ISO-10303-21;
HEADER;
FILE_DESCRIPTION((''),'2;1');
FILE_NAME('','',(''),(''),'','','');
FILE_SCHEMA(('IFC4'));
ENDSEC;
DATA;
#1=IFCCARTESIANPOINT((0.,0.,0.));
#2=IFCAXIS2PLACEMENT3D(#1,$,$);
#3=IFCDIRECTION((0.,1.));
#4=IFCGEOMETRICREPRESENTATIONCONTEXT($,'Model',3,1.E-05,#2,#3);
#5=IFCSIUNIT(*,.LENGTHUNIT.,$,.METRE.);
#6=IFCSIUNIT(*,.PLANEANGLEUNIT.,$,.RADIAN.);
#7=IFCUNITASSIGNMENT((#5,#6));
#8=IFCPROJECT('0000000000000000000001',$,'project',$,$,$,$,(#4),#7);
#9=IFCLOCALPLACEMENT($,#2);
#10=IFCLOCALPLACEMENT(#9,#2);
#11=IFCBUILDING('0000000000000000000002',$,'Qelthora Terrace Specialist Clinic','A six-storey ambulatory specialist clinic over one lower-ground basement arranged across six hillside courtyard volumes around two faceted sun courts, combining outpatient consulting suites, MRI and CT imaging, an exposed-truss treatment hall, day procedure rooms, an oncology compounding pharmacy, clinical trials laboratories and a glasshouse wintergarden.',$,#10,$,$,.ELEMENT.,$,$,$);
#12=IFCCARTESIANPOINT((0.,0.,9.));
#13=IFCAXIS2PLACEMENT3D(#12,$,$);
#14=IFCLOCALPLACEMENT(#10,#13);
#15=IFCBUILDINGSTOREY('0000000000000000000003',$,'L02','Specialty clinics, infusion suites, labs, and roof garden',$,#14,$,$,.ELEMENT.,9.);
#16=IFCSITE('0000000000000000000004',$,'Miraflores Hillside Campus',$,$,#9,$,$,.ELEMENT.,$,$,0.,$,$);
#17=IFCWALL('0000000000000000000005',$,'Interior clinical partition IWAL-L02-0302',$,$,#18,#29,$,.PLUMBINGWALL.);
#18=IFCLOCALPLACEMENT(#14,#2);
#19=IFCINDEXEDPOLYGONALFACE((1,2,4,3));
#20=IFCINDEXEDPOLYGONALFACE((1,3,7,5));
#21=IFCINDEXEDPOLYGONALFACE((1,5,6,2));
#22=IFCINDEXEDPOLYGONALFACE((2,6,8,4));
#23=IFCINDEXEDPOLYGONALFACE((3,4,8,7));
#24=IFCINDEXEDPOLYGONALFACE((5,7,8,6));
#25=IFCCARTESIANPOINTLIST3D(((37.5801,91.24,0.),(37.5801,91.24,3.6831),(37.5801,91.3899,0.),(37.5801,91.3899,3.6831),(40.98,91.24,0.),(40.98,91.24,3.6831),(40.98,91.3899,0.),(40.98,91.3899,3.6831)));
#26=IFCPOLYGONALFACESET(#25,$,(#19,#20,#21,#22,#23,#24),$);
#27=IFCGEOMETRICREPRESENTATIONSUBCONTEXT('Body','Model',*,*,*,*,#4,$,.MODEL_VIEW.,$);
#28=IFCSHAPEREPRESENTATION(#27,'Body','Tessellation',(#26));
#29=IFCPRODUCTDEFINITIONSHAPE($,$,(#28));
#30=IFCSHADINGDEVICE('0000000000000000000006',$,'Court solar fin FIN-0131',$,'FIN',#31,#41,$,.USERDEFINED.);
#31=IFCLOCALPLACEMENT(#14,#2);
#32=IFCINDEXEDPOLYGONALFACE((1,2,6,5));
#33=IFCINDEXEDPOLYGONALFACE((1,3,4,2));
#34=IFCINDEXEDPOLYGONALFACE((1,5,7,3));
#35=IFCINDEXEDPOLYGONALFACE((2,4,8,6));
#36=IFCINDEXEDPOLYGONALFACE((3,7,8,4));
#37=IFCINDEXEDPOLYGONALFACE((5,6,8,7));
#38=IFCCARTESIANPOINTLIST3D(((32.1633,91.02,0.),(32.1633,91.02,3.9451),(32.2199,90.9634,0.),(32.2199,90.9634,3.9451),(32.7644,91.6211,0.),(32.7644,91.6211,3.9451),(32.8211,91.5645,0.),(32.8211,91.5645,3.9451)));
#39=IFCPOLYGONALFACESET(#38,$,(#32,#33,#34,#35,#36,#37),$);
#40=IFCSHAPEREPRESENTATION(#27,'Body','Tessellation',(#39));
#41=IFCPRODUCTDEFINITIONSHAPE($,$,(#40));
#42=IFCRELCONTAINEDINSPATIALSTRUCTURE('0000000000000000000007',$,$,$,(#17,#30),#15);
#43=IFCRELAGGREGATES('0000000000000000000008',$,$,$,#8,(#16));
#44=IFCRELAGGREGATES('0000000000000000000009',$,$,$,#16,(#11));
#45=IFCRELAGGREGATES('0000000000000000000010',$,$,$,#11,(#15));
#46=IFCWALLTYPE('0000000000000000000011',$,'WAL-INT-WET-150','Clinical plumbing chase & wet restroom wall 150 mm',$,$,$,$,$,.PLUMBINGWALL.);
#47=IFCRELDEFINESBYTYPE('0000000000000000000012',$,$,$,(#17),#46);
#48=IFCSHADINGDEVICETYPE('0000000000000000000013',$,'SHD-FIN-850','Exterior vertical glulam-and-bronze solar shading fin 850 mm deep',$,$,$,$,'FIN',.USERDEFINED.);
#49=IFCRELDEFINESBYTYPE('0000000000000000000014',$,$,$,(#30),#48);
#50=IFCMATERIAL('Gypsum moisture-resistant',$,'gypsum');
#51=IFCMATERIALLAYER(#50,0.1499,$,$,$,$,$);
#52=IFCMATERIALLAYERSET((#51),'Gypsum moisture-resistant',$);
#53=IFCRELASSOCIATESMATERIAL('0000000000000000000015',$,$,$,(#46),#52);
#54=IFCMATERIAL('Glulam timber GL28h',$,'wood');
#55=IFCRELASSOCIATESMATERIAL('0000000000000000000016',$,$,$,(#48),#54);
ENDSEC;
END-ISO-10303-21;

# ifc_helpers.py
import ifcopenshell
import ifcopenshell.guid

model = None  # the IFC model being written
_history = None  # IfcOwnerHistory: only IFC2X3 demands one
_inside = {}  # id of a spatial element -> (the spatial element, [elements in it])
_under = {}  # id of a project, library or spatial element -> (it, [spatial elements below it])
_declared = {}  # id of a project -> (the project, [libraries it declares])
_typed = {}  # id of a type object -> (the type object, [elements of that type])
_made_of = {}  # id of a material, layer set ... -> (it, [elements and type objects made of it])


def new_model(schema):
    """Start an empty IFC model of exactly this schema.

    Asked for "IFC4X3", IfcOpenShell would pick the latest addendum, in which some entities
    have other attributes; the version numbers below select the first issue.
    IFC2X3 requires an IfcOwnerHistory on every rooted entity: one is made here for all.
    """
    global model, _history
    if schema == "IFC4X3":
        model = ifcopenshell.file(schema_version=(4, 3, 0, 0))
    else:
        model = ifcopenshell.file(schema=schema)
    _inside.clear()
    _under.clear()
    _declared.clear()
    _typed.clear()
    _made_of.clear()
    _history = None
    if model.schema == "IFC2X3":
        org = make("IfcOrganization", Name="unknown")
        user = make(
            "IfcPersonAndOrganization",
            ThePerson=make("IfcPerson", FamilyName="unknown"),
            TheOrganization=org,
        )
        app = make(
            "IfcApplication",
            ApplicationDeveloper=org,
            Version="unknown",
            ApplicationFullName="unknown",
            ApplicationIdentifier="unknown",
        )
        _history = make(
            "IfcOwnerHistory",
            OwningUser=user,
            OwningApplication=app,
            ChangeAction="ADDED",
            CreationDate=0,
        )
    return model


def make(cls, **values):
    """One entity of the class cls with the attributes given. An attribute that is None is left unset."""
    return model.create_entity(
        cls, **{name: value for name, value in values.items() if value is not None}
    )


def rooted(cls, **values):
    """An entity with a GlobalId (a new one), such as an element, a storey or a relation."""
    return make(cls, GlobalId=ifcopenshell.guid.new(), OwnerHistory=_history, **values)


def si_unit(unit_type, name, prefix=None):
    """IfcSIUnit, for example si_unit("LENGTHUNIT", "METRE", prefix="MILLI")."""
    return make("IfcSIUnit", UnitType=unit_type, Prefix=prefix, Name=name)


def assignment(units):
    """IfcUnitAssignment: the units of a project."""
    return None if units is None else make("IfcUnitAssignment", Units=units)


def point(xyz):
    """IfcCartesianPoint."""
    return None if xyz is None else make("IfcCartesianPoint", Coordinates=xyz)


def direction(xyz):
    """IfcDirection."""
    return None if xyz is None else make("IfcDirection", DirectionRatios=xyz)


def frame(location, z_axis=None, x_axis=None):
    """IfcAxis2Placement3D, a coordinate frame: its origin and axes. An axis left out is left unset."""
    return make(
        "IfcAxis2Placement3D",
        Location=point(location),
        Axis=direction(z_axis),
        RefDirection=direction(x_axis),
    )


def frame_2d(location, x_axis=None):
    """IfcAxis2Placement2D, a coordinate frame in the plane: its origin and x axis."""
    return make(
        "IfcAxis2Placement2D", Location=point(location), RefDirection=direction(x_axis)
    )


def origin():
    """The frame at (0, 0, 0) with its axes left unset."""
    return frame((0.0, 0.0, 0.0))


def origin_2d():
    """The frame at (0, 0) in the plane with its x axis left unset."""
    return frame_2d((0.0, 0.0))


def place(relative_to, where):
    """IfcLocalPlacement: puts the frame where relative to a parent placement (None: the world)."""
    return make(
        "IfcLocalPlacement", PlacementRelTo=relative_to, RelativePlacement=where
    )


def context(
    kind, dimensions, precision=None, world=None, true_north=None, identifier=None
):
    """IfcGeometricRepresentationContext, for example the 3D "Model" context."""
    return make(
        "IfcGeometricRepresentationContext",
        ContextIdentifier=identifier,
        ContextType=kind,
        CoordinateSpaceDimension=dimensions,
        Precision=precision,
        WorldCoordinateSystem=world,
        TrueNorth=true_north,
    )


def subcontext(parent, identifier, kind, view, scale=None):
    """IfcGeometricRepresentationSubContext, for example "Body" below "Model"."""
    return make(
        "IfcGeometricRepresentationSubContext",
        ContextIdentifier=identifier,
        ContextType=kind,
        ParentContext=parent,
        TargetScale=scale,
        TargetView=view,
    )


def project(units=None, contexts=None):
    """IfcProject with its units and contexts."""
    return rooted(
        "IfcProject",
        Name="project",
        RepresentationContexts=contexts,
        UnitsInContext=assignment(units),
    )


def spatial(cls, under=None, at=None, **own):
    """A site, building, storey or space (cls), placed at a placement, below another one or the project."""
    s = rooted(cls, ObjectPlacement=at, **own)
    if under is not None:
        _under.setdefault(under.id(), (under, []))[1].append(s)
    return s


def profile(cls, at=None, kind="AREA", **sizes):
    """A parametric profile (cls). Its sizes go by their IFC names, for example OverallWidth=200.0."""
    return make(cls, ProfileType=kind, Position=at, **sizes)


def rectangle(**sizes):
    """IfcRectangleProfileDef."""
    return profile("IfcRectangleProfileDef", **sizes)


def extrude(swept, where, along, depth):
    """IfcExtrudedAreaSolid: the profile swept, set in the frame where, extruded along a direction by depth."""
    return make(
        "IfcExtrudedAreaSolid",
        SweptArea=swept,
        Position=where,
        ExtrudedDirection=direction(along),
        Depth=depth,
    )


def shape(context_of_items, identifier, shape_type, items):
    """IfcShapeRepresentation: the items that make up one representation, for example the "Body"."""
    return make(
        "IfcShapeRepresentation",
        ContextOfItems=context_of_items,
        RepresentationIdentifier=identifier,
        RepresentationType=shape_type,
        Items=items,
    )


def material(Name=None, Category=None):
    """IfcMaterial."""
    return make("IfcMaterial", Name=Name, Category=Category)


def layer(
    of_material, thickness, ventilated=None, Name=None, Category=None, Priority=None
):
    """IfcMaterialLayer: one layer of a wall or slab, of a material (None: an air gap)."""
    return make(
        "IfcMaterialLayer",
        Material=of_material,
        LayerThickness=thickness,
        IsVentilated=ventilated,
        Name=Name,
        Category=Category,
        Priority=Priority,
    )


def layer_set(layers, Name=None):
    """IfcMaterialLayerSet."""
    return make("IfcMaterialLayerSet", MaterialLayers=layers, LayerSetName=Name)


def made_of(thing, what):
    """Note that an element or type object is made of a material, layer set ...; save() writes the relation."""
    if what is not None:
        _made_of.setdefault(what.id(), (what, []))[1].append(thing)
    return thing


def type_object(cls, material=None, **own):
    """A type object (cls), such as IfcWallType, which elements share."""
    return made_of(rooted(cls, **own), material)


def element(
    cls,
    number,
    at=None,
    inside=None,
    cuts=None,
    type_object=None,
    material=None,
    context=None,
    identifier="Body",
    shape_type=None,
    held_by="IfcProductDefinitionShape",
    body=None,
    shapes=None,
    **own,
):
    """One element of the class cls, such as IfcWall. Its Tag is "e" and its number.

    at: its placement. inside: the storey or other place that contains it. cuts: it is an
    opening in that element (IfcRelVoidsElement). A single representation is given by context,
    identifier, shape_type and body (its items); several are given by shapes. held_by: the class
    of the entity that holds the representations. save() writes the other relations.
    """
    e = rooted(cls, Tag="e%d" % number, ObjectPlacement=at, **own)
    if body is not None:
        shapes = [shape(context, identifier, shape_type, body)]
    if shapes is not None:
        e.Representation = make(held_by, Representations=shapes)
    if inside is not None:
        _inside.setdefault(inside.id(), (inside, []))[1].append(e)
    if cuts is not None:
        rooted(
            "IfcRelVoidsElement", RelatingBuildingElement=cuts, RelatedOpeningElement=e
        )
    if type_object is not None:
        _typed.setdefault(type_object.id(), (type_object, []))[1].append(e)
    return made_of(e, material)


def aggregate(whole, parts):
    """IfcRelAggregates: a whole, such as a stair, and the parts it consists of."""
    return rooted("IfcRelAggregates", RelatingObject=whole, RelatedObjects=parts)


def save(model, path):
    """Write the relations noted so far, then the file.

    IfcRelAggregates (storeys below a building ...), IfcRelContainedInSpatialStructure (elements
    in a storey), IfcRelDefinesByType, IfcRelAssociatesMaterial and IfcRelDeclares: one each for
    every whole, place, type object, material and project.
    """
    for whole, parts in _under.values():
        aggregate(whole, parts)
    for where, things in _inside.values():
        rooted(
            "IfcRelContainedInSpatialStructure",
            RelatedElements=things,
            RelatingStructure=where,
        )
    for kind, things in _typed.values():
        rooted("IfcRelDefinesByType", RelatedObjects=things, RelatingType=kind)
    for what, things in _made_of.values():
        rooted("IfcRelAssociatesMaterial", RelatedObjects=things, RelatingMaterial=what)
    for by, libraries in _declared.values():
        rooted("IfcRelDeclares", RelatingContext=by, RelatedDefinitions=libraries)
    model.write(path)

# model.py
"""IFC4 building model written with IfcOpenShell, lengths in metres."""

from ifc_helpers import new_model, si_unit, direction, frame, frame_2d, origin, origin_2d, place, context, subcontext, project, spatial, rectangle, extrude, material, layer, layer_set, type_object, element, save


model = new_model("IFC4")

# Units and contexts
model_context = context("Model", 3, precision=1e-05, world=origin(), true_north=direction((0.0, 1.0)))
body_context = subcontext(model_context, "Body", "Model", "MODEL_VIEW")
ifc_project = project(units=[si_unit("LENGTHUNIT", "METRE"), si_unit("PLANEANGLEUNIT", "RADIAN")], contexts=[model_context])

# Site, building, storey
site_placement = place(None, origin())
site = spatial("IfcSite", under=ifc_project, at=site_placement, Name="Miraflores Hillside Campus", CompositionType="ELEMENT", RefElevation=0.0)
building_placement = place(site_placement, origin())
building = spatial("IfcBuilding", under=site, at=building_placement, Name="Qelthora Terrace Specialist Clinic", Description="A six-storey ambulatory specialist clinic over one lower-ground basement arranged across six hillside courtyard volumes around two faceted sun courts, combining outpatient consulting suites, MRI and CT imaging, an exposed-truss treatment hall, day procedure rooms, an oncology compounding pharmacy, clinical trials laboratories and a glasshouse wintergarden.", CompositionType="ELEMENT")
storey_placement = place(building_placement, frame((0.0, 0.0, 9.0)))
storey = spatial("IfcBuildingStorey", under=building, at=storey_placement, Name="L02", Description="Specialty clinics, infusion suites, labs, and roof garden", CompositionType="ELEMENT", Elevation=9.0)

# Wall
ifc_material_1 = material(Name="Gypsum moisture-resistant", Category="gypsum")
ifc_layer_1 = layer(ifc_material_1, 0.1499)
ifc_layer_set_1 = layer_set([ifc_layer_1], Name="Gypsum moisture-resistant")
wall_type = type_object("IfcWallType", Name="WAL-INT-WET-150", Description="Clinical plumbing chase & wet restroom wall 150 mm", PredefinedType="PLUMBINGWALL", material=ifc_layer_set_1)
wall_placement = place(storey_placement, frame((37.5801, 91.3149, 0.0), z_axis=(0.0, 0.0, 1.0), x_axis=(1.0, 0.0, 0.0)))
element("IfcWall", 1, at=wall_placement, inside=storey, type_object=wall_type, Name="Interior clinical partition IWAL-L02-0302", PredefinedType="PLUMBINGWALL", context=body_context, shape_type="SweptSolid", body=[
    extrude(rectangle(XDim=3.3999, YDim=0.1499, at=frame_2d((1.7, 0.0))), origin(), (0.0, 0.0, 1.0), 3.6831),
])

# Shading device
ifc_material_2 = material(Name="Glulam timber GL28h", Category="wood")
shading_device_type = type_object("IfcShadingDeviceType", Name="SHD-FIN-850", Description="Exterior vertical glulam-and-bronze solar shading fin 850 mm deep", ElementType="FIN", PredefinedType="USERDEFINED", material=ifc_material_2)
shading_device_placement = place(storey_placement, frame((32.4922, 91.2922, 0.0), z_axis=(0.0, 0.0, 1.0), x_axis=(-0.707107, -0.707107, 0.0)))
element("IfcShadingDevice", 2, at=shading_device_placement, inside=storey, type_object=shading_device_type, Name="Court solar fin FIN-0131", ObjectType="FIN", PredefinedType="USERDEFINED", context=body_context, shape_type="SweptSolid", body=[
    extrude(rectangle(XDim=0.8501, YDim=0.0801, at=origin_2d()), origin(), (0.0, 0.0, 1.0), 3.9451),
])

save(model, "model.ifc")
